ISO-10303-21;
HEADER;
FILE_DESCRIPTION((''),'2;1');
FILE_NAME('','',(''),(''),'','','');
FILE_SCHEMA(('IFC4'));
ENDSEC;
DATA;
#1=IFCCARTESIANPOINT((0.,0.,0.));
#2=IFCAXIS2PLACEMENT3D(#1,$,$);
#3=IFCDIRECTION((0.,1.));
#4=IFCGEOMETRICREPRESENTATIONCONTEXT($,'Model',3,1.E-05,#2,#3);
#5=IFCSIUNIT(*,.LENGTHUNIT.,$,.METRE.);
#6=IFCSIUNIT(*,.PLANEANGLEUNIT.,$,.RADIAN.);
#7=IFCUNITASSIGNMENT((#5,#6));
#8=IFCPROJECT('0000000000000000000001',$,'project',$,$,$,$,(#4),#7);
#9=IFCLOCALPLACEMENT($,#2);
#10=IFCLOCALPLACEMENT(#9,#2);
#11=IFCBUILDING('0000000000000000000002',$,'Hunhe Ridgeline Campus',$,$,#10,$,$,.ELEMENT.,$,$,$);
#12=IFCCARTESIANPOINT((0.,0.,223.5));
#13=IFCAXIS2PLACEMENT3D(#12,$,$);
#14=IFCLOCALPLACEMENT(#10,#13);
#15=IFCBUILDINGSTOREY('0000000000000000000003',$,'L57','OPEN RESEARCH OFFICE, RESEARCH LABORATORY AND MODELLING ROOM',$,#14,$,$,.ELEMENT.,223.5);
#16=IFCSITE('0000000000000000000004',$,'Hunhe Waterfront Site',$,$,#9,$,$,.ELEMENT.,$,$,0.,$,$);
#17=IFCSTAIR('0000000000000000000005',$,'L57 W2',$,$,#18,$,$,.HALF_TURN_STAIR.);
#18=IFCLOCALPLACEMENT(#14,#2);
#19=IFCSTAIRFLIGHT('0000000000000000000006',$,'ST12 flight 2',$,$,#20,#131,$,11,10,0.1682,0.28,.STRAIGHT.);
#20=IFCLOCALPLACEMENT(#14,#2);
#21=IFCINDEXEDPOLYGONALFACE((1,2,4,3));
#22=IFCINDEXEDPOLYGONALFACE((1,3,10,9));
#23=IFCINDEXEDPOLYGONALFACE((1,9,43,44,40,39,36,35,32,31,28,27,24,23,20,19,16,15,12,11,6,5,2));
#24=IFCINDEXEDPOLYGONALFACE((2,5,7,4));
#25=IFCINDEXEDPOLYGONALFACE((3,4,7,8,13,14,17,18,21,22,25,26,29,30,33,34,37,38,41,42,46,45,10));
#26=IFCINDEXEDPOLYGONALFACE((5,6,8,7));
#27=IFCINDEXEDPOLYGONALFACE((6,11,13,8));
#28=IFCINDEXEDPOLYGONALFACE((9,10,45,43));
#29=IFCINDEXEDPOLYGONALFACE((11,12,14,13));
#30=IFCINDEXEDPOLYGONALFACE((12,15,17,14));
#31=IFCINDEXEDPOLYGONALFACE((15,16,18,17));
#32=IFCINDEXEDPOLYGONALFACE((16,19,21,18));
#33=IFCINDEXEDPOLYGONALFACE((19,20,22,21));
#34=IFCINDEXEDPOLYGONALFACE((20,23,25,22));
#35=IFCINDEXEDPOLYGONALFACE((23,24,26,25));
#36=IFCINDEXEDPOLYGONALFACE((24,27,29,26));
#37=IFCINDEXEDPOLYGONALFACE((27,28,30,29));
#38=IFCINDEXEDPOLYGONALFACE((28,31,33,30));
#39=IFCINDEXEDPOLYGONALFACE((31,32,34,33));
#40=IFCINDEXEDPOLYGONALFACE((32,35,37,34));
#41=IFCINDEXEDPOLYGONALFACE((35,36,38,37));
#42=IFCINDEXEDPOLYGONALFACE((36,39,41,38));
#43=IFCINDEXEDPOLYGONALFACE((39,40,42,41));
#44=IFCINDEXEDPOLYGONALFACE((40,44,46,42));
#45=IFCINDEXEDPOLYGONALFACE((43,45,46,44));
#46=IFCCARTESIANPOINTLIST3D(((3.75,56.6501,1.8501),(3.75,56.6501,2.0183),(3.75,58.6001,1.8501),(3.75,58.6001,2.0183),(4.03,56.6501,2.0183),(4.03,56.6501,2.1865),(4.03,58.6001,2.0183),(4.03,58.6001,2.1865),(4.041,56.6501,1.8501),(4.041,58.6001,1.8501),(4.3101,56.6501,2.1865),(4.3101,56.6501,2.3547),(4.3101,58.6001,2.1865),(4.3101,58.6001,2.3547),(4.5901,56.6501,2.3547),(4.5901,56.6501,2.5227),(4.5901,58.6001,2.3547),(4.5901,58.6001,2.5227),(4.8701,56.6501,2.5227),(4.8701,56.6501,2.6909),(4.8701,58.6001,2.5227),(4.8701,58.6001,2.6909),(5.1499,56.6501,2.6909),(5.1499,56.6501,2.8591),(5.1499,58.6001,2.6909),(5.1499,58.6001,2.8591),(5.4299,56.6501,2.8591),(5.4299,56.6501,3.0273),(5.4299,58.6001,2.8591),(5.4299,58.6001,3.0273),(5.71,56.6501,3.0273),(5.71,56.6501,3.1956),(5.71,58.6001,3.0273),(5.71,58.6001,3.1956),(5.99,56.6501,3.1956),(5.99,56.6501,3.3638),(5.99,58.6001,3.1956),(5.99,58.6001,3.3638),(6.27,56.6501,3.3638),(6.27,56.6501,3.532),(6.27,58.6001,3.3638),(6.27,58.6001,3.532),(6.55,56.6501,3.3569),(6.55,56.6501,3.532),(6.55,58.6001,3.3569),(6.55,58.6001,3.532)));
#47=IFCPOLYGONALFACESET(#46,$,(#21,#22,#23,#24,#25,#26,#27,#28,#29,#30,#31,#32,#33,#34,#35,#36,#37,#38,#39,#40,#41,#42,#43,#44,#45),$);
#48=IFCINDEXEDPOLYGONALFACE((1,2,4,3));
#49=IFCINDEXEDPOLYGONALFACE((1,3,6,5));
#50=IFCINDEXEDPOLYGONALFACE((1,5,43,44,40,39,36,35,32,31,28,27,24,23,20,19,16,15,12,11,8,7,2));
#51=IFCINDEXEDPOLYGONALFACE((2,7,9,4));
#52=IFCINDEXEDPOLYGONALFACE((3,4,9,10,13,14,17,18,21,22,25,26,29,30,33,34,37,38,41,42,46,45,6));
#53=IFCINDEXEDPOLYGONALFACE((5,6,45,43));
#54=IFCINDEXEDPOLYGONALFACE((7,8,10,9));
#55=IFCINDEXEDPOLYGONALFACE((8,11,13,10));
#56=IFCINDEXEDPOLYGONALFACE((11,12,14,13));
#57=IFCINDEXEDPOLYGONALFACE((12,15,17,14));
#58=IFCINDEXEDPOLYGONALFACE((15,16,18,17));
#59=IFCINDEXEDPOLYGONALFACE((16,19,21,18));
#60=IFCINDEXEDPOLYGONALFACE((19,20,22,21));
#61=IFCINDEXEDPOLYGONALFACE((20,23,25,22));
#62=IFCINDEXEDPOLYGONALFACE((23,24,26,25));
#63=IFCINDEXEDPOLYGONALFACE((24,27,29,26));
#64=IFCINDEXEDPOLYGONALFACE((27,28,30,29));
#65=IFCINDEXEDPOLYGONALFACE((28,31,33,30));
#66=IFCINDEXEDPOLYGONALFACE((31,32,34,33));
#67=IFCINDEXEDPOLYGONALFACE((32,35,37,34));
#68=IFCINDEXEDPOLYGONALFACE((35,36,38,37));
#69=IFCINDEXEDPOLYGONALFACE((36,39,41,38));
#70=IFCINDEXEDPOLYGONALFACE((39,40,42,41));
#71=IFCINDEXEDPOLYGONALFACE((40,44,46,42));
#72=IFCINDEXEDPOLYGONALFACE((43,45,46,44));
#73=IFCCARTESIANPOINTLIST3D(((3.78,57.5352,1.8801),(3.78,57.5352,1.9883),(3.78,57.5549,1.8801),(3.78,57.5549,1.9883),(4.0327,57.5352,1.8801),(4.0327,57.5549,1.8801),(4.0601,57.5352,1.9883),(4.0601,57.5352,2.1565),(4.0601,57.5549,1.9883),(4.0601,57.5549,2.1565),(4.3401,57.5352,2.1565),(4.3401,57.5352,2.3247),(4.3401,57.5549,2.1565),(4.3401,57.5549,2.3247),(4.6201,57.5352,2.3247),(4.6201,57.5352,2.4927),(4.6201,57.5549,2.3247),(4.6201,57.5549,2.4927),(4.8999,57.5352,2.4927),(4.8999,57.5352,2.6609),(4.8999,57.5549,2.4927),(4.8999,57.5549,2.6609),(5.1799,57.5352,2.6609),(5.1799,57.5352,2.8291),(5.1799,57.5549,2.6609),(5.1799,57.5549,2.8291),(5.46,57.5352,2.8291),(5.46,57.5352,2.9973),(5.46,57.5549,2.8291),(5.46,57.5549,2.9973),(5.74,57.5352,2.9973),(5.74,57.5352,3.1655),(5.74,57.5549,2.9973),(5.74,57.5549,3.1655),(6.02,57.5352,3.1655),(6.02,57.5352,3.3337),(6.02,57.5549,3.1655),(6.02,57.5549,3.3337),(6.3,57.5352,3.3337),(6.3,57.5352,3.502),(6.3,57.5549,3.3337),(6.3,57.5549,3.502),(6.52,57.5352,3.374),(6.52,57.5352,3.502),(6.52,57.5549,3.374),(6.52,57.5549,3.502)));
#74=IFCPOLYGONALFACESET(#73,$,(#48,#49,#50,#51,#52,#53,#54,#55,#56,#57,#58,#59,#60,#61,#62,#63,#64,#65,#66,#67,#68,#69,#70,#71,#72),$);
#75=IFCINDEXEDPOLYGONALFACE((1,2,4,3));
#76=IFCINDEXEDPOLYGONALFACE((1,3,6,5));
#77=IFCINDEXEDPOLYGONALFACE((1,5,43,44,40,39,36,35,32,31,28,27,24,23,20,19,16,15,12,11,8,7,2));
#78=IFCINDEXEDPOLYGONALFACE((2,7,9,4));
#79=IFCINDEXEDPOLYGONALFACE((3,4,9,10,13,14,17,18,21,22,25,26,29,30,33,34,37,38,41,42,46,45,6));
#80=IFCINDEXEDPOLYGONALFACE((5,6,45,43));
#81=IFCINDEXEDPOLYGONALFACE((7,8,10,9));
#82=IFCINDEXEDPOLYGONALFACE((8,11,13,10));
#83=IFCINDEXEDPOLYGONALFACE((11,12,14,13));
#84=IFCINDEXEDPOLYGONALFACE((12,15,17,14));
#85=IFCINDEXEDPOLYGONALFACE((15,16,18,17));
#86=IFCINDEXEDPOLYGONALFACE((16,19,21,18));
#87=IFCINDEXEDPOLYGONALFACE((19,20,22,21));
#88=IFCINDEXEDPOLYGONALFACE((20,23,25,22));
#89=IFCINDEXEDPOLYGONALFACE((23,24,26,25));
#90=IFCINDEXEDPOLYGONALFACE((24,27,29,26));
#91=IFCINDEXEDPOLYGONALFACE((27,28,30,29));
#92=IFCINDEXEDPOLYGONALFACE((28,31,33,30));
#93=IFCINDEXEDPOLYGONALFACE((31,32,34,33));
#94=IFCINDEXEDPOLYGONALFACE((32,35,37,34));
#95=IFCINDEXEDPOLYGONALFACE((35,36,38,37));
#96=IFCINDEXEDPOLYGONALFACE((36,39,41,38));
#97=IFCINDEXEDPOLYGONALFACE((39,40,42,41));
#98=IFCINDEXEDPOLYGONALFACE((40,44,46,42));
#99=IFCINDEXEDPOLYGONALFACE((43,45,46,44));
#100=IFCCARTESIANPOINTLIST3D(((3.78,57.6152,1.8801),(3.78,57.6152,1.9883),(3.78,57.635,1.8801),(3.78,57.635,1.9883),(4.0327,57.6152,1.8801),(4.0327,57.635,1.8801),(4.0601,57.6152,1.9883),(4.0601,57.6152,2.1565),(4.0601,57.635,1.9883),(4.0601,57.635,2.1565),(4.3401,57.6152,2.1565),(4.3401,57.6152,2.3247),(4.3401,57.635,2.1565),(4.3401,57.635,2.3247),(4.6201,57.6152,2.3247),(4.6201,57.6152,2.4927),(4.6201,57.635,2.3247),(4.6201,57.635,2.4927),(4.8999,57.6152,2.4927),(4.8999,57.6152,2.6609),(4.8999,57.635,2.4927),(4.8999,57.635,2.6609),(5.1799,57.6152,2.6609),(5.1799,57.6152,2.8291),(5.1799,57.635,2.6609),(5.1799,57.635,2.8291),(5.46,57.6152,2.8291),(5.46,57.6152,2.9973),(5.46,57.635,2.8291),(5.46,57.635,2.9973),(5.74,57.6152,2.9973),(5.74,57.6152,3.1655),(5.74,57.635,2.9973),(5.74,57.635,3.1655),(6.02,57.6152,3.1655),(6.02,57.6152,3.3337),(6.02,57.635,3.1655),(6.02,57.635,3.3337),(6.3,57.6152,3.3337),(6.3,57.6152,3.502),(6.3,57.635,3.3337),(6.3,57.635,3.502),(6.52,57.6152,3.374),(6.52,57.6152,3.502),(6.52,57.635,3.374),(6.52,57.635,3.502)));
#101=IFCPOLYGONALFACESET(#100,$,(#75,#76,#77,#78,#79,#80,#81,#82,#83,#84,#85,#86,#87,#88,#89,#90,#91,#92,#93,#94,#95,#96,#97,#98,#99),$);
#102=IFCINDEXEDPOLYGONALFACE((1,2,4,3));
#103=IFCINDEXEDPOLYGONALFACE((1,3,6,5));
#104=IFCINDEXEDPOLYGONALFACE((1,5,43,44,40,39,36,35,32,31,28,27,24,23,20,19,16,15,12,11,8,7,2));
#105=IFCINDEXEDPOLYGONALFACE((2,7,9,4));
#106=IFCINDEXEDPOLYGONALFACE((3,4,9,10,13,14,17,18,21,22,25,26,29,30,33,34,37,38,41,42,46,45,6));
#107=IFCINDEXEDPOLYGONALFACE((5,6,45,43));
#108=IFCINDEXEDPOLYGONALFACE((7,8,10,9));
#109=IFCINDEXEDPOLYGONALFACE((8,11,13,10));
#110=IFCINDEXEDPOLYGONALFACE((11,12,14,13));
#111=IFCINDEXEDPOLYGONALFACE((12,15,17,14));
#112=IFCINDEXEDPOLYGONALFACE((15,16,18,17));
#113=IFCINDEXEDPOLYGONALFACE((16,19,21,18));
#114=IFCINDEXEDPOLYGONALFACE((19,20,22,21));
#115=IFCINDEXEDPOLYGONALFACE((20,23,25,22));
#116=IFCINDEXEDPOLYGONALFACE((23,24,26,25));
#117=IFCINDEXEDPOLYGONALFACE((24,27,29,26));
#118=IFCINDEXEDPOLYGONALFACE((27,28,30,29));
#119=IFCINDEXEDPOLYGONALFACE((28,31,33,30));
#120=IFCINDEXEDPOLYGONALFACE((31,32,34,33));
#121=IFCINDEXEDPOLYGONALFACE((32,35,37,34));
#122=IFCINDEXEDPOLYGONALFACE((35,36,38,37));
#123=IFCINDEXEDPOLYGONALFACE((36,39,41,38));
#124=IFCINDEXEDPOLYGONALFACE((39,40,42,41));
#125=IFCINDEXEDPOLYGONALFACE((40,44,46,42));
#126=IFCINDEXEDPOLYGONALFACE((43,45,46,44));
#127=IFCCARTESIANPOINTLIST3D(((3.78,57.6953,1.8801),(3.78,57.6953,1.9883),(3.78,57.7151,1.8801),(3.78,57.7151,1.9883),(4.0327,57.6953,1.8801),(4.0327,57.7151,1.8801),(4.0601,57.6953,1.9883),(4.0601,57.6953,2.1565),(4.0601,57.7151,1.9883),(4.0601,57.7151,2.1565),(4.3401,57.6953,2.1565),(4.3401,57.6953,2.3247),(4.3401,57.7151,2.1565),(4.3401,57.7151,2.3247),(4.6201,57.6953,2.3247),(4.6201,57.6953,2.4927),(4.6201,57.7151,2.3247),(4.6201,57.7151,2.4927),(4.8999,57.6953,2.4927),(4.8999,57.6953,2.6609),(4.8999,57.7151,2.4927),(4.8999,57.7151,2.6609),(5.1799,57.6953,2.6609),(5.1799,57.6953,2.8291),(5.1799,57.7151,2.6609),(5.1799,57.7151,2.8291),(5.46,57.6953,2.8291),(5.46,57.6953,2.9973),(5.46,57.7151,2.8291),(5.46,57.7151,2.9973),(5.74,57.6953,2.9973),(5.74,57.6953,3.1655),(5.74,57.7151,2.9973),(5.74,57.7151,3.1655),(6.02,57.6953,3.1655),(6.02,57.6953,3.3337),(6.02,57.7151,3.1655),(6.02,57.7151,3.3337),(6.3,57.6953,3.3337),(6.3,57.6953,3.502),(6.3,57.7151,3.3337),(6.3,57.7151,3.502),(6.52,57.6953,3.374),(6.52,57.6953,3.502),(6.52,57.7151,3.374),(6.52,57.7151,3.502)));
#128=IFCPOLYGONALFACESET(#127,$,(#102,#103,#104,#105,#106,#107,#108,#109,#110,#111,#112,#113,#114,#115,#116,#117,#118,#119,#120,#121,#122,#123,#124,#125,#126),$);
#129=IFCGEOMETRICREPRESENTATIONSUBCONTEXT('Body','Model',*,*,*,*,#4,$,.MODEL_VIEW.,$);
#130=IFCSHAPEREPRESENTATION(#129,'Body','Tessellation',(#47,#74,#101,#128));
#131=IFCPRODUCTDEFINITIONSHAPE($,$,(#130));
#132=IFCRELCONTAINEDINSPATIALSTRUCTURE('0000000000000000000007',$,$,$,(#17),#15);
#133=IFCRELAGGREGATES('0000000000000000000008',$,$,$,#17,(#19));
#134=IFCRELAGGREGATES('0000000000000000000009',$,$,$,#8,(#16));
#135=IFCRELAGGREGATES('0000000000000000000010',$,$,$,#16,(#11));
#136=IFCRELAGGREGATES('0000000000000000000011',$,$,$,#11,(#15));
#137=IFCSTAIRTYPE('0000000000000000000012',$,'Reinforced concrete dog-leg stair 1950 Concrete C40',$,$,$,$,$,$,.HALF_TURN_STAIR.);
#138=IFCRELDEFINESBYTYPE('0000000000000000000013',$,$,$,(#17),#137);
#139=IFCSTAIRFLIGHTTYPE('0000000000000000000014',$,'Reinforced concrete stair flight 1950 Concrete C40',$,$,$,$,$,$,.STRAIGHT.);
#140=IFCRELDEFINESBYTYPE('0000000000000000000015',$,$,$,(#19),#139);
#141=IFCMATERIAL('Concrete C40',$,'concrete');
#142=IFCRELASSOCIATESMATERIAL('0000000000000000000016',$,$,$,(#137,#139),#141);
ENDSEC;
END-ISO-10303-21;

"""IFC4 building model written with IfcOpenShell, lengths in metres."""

from ifc_helpers import new_model, si_unit, direction, frame, origin, place, context, subcontext, project, spatial, polyline, outline, extrude, material, type_object, element, aggregate, save


model = new_model("IFC4")

# Units and contexts
model_context = context("Model", 3, precision=1e-05, world=origin(), true_north=direction((0.0, 1.0)))
body_context = subcontext(model_context, "Body", "Model", "MODEL_VIEW")
ifc_project = project(units=[si_unit("LENGTHUNIT", "METRE"), si_unit("PLANEANGLEUNIT", "RADIAN")], contexts=[model_context])

# Site, building, storey
site_placement = place(None, origin())
site = spatial("IfcSite", under=ifc_project, at=site_placement, Name="Hunhe Waterfront Site", CompositionType="ELEMENT", RefElevation=0.0)
building_placement = place(site_placement, origin())
building = spatial("IfcBuilding", under=site, at=building_placement, Name="Hunhe Ridgeline Campus", CompositionType="ELEMENT")
storey_placement = place(building_placement, frame((0.0, 0.0, 223.5)))
storey = spatial("IfcBuildingStorey", under=building, at=storey_placement, Name="L57", Description="OPEN RESEARCH OFFICE, RESEARCH LABORATORY AND MODELLING ROOM", CompositionType="ELEMENT", Elevation=223.5)

# Shared definitions
ifc_material_1 = material(Name="Concrete C40", Category="concrete")
stair_type = type_object("IfcStairType", Name="Reinforced concrete dog-leg stair 1950 Concrete C40", PredefinedType="HALF_TURN_STAIR", material=ifc_material_1)
stair_flight_type = type_object("IfcStairFlightType", Name="Reinforced concrete stair flight 1950 Concrete C40", PredefinedType="STRAIGHT", material=ifc_material_1)

# Stair, stair flight
stair_1_placement = place(storey_placement, origin())
stair_1 = element("IfcStair", 1, at=stair_1_placement, inside=storey, type_object=stair_type, Name="L57 W2", PredefinedType="HALF_TURN_STAIR")
stair_flight_1_placement = place(storey_placement, frame((3.75, 57.625, 1.8501), z_axis=(0.0, 0.0, 1.0), x_axis=(1.0, 0.0, 0.0)))
stair_flight_1 = element("IfcStairFlight", 2, at=stair_flight_1_placement, type_object=stair_flight_type, Name="ST12 flight 2", NumberOfRisers=11, NumberOfTreads=10, PredefinedType="STRAIGHT", RiserHeight=0.1682, TreadLength=0.28, context=body_context, shape_type="SweptSolid", body=[
    extrude(outline(polyline([(0.0, 0.0), (0.0, 0.1682), (0.28, 0.1682), (0.28, 0.3364), (0.5601, 0.3364), (0.5601, 0.5046), (0.8401, 0.5046), (0.8401, 0.6726), (1.1201, 0.6726), (1.1201, 0.8408), (1.3999, 0.8408), (1.3999, 1.009), (1.6799, 1.009), (1.6799, 1.1772), (1.96, 1.1772), (1.96, 1.3455), (2.24, 1.3455), (2.24, 1.5137), (2.52, 1.5137), (2.52, 1.6819), (2.8, 1.6819), (2.8, 1.8501), (2.8, 1.5068), (0.291, 0.0), (0.0, 0.0)])), frame((0.0, 0.9751, 0.0), z_axis=(0.0, -1.0, 0.0), x_axis=(1.0, 0.0, 0.0)), (0.0, 0.0, 1.0), 1.95),
    extrude(outline(polyline([(0.03, 0.03), (0.03, 0.1382), (0.3101, 0.1382), (0.3101, 0.3064), (0.5901, 0.3064), (0.5901, 0.4746), (0.8701, 0.4746), (0.8701, 0.6426), (1.1499, 0.6426), (1.1499, 0.8108), (1.4299, 0.8108), (1.4299, 0.979), (1.71, 0.979), (1.71, 1.1472), (1.99, 1.1472), (1.99, 1.3154), (2.27, 1.3154), (2.27, 1.4836), (2.55, 1.4836), (2.55, 1.6519), (2.77, 1.6519), (2.77, 1.5239), (0.2827, 0.03), (0.03, 0.03)])), frame((0.0, -0.0701, 0.0), z_axis=(0.0, -1.0, 0.0), x_axis=(1.0, 0.0, 0.0)), (0.0, 0.0, 1.0), 0.0198),
    extrude(outline(polyline([(0.03, 0.03), (0.03, 0.1382), (0.3101, 0.1382), (0.3101, 0.3064), (0.5901, 0.3064), (0.5901, 0.4746), (0.8701, 0.4746), (0.8701, 0.6426), (1.1499, 0.6426), (1.1499, 0.8108), (1.4299, 0.8108), (1.4299, 0.979), (1.71, 0.979), (1.71, 1.1472), (1.99, 1.1472), (1.99, 1.3154), (2.27, 1.3154), (2.27, 1.4836), (2.55, 1.4836), (2.55, 1.6519), (2.77, 1.6519), (2.77, 1.5239), (0.2827, 0.03), (0.03, 0.03)])), frame((0.0, 0.01, 0.0), z_axis=(0.0, -1.0, 0.0), x_axis=(1.0, 0.0, 0.0)), (0.0, 0.0, 1.0), 0.0198),
    extrude(outline(polyline([(0.03, 0.03), (0.03, 0.1382), (0.3101, 0.1382), (0.3101, 0.3064), (0.5901, 0.3064), (0.5901, 0.4746), (0.8701, 0.4746), (0.8701, 0.6426), (1.1499, 0.6426), (1.1499, 0.8108), (1.4299, 0.8108), (1.4299, 0.979), (1.71, 0.979), (1.71, 1.1472), (1.99, 1.1472), (1.99, 1.3154), (2.27, 1.3154), (2.27, 1.4836), (2.55, 1.4836), (2.55, 1.6519), (2.77, 1.6519), (2.77, 1.5239), (0.2827, 0.03), (0.03, 0.03)])), frame((0.0, 0.0901, 0.0), z_axis=(0.0, -1.0, 0.0), x_axis=(1.0, 0.0, 0.0)), (0.0, 0.0, 1.0), 0.0198),
])
aggregate(stair_1, [stair_flight_1])

save(model, "model.ifc")
